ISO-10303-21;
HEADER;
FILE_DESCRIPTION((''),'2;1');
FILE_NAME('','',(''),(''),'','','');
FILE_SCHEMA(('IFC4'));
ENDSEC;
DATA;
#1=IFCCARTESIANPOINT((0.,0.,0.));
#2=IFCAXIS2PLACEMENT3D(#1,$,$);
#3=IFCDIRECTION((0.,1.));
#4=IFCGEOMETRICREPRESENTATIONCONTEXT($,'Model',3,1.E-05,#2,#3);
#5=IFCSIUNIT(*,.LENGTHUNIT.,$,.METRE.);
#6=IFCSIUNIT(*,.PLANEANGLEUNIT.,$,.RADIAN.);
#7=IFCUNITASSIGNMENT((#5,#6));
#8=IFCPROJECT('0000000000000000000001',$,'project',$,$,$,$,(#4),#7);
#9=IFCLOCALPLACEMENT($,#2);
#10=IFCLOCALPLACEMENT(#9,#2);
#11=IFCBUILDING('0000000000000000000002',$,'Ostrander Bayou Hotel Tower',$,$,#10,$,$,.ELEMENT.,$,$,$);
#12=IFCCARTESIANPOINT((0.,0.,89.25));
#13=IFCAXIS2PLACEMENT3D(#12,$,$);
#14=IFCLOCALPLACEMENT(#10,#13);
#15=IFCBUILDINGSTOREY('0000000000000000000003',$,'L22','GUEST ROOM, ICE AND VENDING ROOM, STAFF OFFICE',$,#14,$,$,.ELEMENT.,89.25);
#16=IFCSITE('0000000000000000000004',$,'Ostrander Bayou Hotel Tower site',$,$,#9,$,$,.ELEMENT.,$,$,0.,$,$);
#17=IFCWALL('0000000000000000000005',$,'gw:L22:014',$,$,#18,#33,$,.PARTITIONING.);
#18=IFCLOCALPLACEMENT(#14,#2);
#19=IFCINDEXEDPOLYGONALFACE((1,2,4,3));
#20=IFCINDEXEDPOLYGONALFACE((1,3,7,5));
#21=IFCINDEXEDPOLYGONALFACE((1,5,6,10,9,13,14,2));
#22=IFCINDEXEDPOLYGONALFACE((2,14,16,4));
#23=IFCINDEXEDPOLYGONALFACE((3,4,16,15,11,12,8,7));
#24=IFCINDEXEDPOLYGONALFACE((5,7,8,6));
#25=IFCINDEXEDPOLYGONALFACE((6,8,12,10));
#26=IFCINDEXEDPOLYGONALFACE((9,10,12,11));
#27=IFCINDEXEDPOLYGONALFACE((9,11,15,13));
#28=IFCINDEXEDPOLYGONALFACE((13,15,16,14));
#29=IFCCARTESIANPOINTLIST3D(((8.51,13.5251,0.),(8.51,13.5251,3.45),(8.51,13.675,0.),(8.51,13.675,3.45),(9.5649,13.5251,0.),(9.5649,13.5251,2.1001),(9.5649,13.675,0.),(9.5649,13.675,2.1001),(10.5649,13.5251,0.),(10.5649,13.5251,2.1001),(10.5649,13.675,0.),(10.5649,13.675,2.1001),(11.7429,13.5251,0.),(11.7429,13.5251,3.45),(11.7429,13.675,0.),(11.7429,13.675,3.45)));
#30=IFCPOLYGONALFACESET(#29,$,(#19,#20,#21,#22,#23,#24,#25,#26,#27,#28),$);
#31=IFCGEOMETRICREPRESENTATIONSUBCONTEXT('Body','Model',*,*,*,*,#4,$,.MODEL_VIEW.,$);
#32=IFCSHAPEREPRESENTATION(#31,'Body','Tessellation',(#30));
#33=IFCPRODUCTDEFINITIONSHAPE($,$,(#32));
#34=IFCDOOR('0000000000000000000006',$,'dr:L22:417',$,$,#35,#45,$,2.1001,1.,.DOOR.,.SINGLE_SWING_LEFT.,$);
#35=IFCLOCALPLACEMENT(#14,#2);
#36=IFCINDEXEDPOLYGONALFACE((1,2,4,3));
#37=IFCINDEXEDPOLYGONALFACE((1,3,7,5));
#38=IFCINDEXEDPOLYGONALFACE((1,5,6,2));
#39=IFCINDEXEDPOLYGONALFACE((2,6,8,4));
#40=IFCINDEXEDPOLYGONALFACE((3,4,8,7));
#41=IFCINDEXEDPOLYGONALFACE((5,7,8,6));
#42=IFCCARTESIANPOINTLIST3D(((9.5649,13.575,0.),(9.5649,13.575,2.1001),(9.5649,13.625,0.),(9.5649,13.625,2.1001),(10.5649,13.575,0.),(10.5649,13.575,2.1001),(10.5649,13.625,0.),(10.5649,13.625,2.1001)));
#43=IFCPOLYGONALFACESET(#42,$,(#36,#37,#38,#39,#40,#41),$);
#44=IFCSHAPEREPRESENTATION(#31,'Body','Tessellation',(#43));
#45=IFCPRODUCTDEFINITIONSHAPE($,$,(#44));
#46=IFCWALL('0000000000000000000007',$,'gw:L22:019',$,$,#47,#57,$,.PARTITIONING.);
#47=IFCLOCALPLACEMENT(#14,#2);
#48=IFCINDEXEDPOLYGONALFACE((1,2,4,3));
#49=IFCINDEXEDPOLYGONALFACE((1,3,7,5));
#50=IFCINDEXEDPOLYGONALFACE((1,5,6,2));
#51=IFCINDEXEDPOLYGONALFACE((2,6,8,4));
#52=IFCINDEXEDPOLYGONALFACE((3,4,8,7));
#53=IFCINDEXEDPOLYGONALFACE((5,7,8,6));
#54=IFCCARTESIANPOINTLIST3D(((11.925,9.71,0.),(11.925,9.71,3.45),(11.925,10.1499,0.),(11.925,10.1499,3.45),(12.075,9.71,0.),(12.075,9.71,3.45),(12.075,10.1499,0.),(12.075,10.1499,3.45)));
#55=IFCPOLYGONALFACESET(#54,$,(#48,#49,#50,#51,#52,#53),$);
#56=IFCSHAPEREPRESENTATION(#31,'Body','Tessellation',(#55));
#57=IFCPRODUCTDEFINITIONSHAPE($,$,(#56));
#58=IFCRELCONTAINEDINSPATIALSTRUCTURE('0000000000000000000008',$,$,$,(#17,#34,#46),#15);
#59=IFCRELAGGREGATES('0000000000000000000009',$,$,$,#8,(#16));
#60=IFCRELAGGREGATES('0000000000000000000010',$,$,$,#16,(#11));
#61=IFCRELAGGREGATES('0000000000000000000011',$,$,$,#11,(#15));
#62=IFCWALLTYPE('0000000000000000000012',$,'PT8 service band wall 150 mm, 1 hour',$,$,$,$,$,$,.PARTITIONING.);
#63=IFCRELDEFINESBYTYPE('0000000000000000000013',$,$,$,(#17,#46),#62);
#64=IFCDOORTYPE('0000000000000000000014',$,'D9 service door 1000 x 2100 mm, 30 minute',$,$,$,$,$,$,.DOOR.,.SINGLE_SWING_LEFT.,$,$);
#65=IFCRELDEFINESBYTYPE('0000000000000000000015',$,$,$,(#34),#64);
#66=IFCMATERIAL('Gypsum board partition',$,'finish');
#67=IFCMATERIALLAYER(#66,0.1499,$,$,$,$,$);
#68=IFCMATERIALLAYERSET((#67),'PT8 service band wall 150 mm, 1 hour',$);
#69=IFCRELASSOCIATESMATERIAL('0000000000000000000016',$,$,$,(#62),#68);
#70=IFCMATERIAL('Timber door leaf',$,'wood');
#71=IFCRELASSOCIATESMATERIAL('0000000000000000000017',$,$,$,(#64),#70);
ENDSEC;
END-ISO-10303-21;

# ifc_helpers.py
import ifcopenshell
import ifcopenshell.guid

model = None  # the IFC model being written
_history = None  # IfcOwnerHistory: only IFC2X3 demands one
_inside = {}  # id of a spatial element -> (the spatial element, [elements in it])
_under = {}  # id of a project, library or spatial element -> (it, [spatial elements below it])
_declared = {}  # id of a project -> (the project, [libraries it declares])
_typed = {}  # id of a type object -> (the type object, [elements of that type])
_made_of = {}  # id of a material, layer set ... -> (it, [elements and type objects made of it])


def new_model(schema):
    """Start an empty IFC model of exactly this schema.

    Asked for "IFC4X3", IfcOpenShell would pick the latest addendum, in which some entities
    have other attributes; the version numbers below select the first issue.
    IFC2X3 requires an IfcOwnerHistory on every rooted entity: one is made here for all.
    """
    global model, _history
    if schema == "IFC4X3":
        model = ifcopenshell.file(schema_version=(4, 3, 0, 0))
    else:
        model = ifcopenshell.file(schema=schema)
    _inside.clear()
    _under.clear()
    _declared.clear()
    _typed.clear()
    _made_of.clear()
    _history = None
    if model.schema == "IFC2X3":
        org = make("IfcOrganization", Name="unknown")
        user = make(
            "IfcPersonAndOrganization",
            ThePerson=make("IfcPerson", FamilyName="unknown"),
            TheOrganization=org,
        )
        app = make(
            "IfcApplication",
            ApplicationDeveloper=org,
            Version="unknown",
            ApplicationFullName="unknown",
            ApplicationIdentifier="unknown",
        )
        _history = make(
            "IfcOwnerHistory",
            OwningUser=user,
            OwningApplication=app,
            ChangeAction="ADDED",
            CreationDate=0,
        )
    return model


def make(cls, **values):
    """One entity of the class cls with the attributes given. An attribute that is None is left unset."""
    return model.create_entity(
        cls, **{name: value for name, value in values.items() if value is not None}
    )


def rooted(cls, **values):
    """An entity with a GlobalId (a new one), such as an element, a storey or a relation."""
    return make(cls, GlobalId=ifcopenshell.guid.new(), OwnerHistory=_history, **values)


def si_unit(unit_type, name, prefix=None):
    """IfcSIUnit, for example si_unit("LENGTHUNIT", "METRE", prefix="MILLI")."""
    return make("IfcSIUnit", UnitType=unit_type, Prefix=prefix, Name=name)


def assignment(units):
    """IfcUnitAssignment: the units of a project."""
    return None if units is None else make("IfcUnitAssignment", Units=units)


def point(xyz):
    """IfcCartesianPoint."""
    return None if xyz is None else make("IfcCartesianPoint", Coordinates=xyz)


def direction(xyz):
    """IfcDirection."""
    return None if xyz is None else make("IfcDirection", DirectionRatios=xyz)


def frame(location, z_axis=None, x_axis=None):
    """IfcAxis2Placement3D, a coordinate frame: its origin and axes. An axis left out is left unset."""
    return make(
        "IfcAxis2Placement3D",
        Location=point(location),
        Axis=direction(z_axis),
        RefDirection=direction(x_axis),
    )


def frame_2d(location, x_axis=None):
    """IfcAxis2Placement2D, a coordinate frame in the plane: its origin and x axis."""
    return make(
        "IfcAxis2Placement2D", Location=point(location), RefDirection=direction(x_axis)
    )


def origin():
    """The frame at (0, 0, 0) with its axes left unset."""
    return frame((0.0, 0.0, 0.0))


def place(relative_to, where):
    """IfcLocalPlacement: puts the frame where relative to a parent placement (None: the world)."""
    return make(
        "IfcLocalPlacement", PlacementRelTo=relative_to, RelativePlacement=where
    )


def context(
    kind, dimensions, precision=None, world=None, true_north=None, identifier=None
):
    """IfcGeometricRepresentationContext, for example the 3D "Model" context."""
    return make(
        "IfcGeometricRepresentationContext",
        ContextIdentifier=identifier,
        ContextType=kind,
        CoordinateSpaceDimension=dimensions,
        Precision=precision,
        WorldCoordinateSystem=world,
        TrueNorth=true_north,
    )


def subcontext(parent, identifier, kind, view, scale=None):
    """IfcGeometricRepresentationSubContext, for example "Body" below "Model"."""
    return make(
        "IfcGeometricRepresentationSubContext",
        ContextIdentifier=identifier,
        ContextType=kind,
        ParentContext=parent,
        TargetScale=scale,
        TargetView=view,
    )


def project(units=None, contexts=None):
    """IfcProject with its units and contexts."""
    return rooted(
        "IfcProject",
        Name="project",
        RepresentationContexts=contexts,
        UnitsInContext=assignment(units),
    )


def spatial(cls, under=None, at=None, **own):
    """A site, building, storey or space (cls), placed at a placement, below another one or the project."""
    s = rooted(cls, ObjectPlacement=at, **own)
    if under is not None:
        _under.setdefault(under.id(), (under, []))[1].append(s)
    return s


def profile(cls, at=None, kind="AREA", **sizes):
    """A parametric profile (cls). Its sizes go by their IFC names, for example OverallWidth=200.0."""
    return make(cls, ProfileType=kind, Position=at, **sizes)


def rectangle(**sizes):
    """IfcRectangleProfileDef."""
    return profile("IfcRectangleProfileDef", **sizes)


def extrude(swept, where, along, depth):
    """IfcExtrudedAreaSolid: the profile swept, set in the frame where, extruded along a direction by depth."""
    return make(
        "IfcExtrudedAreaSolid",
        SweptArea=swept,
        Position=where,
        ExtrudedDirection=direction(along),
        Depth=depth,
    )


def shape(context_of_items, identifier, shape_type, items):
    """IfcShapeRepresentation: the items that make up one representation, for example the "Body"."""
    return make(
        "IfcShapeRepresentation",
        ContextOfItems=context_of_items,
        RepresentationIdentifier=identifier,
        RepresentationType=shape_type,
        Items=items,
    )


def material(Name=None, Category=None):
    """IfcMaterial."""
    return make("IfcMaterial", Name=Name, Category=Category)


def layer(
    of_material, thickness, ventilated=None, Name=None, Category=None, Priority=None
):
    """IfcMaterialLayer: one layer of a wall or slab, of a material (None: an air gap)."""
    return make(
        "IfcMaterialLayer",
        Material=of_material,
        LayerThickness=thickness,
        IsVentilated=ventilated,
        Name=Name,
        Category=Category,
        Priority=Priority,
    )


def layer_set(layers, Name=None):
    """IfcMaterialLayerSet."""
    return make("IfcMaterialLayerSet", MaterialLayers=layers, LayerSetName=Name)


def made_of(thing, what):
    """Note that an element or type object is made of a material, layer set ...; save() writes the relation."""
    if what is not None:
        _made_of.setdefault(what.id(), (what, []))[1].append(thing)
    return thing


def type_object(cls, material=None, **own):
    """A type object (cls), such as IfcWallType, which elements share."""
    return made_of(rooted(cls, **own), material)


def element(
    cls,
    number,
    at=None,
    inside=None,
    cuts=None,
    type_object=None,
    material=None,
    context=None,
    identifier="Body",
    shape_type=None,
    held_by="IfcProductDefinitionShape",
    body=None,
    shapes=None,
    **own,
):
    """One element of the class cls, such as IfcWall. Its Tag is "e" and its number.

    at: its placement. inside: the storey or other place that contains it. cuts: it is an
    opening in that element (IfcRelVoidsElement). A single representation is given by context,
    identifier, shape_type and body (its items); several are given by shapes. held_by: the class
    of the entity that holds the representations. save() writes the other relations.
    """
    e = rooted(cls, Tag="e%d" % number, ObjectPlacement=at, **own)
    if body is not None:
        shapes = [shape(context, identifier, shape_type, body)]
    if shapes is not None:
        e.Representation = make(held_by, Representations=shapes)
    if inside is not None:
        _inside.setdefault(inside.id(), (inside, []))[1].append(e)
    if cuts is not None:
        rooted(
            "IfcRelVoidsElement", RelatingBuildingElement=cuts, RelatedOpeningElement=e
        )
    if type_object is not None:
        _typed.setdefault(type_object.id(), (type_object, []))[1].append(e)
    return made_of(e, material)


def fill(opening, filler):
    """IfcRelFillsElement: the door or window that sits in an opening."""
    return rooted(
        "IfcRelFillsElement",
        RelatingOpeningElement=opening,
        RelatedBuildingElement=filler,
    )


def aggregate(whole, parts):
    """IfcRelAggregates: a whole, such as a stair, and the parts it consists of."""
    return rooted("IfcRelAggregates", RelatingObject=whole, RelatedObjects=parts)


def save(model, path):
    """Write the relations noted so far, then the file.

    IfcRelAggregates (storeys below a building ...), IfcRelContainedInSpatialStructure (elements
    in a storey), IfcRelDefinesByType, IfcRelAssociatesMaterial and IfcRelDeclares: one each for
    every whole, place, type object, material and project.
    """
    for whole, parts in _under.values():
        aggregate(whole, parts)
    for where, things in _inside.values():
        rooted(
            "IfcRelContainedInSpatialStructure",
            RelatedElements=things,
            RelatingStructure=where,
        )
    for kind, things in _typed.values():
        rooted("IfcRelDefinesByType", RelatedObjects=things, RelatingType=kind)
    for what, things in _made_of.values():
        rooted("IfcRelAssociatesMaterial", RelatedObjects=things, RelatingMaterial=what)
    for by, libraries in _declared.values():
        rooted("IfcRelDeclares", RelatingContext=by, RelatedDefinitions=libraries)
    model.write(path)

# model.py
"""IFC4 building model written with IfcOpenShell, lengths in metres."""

from ifc_helpers import new_model, si_unit, direction, frame, frame_2d, origin, place, context, subcontext, project, spatial, rectangle, extrude, material, layer, layer_set, type_object, element, fill, save


model = new_model("IFC4")

# Units and contexts
model_context = context("Model", 3, precision=1e-05, world=origin(), true_north=direction((0.0, 1.0)))
body_context = subcontext(model_context, "Body", "Model", "MODEL_VIEW")
ifc_project = project(units=[si_unit("LENGTHUNIT", "METRE"), si_unit("PLANEANGLEUNIT", "RADIAN")], contexts=[model_context])

# Site, building, storey
site_placement = place(None, origin())
site = spatial("IfcSite", under=ifc_project, at=site_placement, Name="Ostrander Bayou Hotel Tower site", CompositionType="ELEMENT", RefElevation=0.0)
building_placement = place(site_placement, origin())
building = spatial("IfcBuilding", under=site, at=building_placement, Name="Ostrander Bayou Hotel Tower", CompositionType="ELEMENT")
storey_placement = place(building_placement, frame((0.0, 0.0, 89.25)))
storey = spatial("IfcBuildingStorey", under=building, at=storey_placement, Name="L22", Description="GUEST ROOM, ICE AND VENDING ROOM, STAFF OFFICE", CompositionType="ELEMENT", Elevation=89.25)

# Shared definitions
ifc_material_1 = material(Name="Gypsum board partition", Category="finish")
ifc_layer_1 = layer(ifc_material_1, 0.1499)
ifc_layer_set_1 = layer_set([ifc_layer_1], Name="PT8 service band wall 150 mm, 1 hour")
wall_type_1 = type_object("IfcWallType", Name="PT8 service band wall 150 mm, 1 hour", PredefinedType="PARTITIONING", material=ifc_layer_set_1)

# Wall, opening, door
wall_1_placement = place(storey_placement, frame((8.51, 13.6001, 0.0), z_axis=(0.0, 0.0, 1.0), x_axis=(1.0, 0.0, 0.0)))
wall_1 = element("IfcWall", 1, at=wall_1_placement, inside=storey, type_object=wall_type_1, Name="gw:L22:014", PredefinedType="PARTITIONING", context=body_context, shape_type="SweptSolid", body=[
    extrude(rectangle(XDim=3.2329, YDim=0.1499, at=frame_2d((1.6165, 0.0))), origin(), (0.0, 0.0, 1.0), 3.45),
])
opening_1_placement = place(wall_1_placement, frame((1.0549, 0.0, 0.0)))
opening_1 = element("IfcOpeningElement", 2, at=opening_1_placement, cuts=wall_1, PredefinedType="OPENING", context=body_context, shape_type="SweptSolid", body=[
    extrude(rectangle(XDim=1.0, YDim=2.1001, at=frame_2d((0.5, 1.05))), frame((0.0, 0.075, 0.0), z_axis=(0.0, -1.0, 0.0), x_axis=(1.0, 0.0, 0.0)), (0.0, 0.0, 1.0), 0.1499),
])
ifc_material_2 = material(Name="Timber door leaf", Category="wood")
door_type_1 = type_object("IfcDoorType", Name="D9 service door 1000 x 2100 mm, 30 minute", OperationType="SINGLE_SWING_LEFT", PredefinedType="DOOR", material=ifc_material_2)
door_1_placement = place(opening_1_placement, origin())
door_1 = element("IfcDoor", 3, at=door_1_placement, inside=storey, type_object=door_type_1, Name="dr:L22:417", OperationType="SINGLE_SWING_LEFT", OverallHeight=2.1001, OverallWidth=1.0, PredefinedType="DOOR", context=body_context, shape_type="SweptSolid", body=[
    extrude(rectangle(XDim=1.0, YDim=2.1001, at=frame_2d((0.5, 1.05))), frame((0.0, 0.0249, 0.0), z_axis=(0.0, -1.0, 0.0), x_axis=(1.0, 0.0, 0.0)), (0.0, 0.0, 1.0), 0.05),
])
fill(opening_1, door_1)

# Wall
wall_2_placement = place(storey_placement, frame((12.0, 9.71, 0.0), z_axis=(0.0, 0.0, 1.0), x_axis=(0.0, 1.0, 0.0)))
element("IfcWall", 4, at=wall_2_placement, inside=storey, type_object=wall_type_1, Name="gw:L22:019", PredefinedType="PARTITIONING", context=body_context, shape_type="SweptSolid", body=[
    extrude(rectangle(XDim=0.4399, YDim=0.1499, at=frame_2d((0.22, 0.0))), origin(), (0.0, 0.0, 1.0), 3.45),
])

save(model, "model.ifc")
